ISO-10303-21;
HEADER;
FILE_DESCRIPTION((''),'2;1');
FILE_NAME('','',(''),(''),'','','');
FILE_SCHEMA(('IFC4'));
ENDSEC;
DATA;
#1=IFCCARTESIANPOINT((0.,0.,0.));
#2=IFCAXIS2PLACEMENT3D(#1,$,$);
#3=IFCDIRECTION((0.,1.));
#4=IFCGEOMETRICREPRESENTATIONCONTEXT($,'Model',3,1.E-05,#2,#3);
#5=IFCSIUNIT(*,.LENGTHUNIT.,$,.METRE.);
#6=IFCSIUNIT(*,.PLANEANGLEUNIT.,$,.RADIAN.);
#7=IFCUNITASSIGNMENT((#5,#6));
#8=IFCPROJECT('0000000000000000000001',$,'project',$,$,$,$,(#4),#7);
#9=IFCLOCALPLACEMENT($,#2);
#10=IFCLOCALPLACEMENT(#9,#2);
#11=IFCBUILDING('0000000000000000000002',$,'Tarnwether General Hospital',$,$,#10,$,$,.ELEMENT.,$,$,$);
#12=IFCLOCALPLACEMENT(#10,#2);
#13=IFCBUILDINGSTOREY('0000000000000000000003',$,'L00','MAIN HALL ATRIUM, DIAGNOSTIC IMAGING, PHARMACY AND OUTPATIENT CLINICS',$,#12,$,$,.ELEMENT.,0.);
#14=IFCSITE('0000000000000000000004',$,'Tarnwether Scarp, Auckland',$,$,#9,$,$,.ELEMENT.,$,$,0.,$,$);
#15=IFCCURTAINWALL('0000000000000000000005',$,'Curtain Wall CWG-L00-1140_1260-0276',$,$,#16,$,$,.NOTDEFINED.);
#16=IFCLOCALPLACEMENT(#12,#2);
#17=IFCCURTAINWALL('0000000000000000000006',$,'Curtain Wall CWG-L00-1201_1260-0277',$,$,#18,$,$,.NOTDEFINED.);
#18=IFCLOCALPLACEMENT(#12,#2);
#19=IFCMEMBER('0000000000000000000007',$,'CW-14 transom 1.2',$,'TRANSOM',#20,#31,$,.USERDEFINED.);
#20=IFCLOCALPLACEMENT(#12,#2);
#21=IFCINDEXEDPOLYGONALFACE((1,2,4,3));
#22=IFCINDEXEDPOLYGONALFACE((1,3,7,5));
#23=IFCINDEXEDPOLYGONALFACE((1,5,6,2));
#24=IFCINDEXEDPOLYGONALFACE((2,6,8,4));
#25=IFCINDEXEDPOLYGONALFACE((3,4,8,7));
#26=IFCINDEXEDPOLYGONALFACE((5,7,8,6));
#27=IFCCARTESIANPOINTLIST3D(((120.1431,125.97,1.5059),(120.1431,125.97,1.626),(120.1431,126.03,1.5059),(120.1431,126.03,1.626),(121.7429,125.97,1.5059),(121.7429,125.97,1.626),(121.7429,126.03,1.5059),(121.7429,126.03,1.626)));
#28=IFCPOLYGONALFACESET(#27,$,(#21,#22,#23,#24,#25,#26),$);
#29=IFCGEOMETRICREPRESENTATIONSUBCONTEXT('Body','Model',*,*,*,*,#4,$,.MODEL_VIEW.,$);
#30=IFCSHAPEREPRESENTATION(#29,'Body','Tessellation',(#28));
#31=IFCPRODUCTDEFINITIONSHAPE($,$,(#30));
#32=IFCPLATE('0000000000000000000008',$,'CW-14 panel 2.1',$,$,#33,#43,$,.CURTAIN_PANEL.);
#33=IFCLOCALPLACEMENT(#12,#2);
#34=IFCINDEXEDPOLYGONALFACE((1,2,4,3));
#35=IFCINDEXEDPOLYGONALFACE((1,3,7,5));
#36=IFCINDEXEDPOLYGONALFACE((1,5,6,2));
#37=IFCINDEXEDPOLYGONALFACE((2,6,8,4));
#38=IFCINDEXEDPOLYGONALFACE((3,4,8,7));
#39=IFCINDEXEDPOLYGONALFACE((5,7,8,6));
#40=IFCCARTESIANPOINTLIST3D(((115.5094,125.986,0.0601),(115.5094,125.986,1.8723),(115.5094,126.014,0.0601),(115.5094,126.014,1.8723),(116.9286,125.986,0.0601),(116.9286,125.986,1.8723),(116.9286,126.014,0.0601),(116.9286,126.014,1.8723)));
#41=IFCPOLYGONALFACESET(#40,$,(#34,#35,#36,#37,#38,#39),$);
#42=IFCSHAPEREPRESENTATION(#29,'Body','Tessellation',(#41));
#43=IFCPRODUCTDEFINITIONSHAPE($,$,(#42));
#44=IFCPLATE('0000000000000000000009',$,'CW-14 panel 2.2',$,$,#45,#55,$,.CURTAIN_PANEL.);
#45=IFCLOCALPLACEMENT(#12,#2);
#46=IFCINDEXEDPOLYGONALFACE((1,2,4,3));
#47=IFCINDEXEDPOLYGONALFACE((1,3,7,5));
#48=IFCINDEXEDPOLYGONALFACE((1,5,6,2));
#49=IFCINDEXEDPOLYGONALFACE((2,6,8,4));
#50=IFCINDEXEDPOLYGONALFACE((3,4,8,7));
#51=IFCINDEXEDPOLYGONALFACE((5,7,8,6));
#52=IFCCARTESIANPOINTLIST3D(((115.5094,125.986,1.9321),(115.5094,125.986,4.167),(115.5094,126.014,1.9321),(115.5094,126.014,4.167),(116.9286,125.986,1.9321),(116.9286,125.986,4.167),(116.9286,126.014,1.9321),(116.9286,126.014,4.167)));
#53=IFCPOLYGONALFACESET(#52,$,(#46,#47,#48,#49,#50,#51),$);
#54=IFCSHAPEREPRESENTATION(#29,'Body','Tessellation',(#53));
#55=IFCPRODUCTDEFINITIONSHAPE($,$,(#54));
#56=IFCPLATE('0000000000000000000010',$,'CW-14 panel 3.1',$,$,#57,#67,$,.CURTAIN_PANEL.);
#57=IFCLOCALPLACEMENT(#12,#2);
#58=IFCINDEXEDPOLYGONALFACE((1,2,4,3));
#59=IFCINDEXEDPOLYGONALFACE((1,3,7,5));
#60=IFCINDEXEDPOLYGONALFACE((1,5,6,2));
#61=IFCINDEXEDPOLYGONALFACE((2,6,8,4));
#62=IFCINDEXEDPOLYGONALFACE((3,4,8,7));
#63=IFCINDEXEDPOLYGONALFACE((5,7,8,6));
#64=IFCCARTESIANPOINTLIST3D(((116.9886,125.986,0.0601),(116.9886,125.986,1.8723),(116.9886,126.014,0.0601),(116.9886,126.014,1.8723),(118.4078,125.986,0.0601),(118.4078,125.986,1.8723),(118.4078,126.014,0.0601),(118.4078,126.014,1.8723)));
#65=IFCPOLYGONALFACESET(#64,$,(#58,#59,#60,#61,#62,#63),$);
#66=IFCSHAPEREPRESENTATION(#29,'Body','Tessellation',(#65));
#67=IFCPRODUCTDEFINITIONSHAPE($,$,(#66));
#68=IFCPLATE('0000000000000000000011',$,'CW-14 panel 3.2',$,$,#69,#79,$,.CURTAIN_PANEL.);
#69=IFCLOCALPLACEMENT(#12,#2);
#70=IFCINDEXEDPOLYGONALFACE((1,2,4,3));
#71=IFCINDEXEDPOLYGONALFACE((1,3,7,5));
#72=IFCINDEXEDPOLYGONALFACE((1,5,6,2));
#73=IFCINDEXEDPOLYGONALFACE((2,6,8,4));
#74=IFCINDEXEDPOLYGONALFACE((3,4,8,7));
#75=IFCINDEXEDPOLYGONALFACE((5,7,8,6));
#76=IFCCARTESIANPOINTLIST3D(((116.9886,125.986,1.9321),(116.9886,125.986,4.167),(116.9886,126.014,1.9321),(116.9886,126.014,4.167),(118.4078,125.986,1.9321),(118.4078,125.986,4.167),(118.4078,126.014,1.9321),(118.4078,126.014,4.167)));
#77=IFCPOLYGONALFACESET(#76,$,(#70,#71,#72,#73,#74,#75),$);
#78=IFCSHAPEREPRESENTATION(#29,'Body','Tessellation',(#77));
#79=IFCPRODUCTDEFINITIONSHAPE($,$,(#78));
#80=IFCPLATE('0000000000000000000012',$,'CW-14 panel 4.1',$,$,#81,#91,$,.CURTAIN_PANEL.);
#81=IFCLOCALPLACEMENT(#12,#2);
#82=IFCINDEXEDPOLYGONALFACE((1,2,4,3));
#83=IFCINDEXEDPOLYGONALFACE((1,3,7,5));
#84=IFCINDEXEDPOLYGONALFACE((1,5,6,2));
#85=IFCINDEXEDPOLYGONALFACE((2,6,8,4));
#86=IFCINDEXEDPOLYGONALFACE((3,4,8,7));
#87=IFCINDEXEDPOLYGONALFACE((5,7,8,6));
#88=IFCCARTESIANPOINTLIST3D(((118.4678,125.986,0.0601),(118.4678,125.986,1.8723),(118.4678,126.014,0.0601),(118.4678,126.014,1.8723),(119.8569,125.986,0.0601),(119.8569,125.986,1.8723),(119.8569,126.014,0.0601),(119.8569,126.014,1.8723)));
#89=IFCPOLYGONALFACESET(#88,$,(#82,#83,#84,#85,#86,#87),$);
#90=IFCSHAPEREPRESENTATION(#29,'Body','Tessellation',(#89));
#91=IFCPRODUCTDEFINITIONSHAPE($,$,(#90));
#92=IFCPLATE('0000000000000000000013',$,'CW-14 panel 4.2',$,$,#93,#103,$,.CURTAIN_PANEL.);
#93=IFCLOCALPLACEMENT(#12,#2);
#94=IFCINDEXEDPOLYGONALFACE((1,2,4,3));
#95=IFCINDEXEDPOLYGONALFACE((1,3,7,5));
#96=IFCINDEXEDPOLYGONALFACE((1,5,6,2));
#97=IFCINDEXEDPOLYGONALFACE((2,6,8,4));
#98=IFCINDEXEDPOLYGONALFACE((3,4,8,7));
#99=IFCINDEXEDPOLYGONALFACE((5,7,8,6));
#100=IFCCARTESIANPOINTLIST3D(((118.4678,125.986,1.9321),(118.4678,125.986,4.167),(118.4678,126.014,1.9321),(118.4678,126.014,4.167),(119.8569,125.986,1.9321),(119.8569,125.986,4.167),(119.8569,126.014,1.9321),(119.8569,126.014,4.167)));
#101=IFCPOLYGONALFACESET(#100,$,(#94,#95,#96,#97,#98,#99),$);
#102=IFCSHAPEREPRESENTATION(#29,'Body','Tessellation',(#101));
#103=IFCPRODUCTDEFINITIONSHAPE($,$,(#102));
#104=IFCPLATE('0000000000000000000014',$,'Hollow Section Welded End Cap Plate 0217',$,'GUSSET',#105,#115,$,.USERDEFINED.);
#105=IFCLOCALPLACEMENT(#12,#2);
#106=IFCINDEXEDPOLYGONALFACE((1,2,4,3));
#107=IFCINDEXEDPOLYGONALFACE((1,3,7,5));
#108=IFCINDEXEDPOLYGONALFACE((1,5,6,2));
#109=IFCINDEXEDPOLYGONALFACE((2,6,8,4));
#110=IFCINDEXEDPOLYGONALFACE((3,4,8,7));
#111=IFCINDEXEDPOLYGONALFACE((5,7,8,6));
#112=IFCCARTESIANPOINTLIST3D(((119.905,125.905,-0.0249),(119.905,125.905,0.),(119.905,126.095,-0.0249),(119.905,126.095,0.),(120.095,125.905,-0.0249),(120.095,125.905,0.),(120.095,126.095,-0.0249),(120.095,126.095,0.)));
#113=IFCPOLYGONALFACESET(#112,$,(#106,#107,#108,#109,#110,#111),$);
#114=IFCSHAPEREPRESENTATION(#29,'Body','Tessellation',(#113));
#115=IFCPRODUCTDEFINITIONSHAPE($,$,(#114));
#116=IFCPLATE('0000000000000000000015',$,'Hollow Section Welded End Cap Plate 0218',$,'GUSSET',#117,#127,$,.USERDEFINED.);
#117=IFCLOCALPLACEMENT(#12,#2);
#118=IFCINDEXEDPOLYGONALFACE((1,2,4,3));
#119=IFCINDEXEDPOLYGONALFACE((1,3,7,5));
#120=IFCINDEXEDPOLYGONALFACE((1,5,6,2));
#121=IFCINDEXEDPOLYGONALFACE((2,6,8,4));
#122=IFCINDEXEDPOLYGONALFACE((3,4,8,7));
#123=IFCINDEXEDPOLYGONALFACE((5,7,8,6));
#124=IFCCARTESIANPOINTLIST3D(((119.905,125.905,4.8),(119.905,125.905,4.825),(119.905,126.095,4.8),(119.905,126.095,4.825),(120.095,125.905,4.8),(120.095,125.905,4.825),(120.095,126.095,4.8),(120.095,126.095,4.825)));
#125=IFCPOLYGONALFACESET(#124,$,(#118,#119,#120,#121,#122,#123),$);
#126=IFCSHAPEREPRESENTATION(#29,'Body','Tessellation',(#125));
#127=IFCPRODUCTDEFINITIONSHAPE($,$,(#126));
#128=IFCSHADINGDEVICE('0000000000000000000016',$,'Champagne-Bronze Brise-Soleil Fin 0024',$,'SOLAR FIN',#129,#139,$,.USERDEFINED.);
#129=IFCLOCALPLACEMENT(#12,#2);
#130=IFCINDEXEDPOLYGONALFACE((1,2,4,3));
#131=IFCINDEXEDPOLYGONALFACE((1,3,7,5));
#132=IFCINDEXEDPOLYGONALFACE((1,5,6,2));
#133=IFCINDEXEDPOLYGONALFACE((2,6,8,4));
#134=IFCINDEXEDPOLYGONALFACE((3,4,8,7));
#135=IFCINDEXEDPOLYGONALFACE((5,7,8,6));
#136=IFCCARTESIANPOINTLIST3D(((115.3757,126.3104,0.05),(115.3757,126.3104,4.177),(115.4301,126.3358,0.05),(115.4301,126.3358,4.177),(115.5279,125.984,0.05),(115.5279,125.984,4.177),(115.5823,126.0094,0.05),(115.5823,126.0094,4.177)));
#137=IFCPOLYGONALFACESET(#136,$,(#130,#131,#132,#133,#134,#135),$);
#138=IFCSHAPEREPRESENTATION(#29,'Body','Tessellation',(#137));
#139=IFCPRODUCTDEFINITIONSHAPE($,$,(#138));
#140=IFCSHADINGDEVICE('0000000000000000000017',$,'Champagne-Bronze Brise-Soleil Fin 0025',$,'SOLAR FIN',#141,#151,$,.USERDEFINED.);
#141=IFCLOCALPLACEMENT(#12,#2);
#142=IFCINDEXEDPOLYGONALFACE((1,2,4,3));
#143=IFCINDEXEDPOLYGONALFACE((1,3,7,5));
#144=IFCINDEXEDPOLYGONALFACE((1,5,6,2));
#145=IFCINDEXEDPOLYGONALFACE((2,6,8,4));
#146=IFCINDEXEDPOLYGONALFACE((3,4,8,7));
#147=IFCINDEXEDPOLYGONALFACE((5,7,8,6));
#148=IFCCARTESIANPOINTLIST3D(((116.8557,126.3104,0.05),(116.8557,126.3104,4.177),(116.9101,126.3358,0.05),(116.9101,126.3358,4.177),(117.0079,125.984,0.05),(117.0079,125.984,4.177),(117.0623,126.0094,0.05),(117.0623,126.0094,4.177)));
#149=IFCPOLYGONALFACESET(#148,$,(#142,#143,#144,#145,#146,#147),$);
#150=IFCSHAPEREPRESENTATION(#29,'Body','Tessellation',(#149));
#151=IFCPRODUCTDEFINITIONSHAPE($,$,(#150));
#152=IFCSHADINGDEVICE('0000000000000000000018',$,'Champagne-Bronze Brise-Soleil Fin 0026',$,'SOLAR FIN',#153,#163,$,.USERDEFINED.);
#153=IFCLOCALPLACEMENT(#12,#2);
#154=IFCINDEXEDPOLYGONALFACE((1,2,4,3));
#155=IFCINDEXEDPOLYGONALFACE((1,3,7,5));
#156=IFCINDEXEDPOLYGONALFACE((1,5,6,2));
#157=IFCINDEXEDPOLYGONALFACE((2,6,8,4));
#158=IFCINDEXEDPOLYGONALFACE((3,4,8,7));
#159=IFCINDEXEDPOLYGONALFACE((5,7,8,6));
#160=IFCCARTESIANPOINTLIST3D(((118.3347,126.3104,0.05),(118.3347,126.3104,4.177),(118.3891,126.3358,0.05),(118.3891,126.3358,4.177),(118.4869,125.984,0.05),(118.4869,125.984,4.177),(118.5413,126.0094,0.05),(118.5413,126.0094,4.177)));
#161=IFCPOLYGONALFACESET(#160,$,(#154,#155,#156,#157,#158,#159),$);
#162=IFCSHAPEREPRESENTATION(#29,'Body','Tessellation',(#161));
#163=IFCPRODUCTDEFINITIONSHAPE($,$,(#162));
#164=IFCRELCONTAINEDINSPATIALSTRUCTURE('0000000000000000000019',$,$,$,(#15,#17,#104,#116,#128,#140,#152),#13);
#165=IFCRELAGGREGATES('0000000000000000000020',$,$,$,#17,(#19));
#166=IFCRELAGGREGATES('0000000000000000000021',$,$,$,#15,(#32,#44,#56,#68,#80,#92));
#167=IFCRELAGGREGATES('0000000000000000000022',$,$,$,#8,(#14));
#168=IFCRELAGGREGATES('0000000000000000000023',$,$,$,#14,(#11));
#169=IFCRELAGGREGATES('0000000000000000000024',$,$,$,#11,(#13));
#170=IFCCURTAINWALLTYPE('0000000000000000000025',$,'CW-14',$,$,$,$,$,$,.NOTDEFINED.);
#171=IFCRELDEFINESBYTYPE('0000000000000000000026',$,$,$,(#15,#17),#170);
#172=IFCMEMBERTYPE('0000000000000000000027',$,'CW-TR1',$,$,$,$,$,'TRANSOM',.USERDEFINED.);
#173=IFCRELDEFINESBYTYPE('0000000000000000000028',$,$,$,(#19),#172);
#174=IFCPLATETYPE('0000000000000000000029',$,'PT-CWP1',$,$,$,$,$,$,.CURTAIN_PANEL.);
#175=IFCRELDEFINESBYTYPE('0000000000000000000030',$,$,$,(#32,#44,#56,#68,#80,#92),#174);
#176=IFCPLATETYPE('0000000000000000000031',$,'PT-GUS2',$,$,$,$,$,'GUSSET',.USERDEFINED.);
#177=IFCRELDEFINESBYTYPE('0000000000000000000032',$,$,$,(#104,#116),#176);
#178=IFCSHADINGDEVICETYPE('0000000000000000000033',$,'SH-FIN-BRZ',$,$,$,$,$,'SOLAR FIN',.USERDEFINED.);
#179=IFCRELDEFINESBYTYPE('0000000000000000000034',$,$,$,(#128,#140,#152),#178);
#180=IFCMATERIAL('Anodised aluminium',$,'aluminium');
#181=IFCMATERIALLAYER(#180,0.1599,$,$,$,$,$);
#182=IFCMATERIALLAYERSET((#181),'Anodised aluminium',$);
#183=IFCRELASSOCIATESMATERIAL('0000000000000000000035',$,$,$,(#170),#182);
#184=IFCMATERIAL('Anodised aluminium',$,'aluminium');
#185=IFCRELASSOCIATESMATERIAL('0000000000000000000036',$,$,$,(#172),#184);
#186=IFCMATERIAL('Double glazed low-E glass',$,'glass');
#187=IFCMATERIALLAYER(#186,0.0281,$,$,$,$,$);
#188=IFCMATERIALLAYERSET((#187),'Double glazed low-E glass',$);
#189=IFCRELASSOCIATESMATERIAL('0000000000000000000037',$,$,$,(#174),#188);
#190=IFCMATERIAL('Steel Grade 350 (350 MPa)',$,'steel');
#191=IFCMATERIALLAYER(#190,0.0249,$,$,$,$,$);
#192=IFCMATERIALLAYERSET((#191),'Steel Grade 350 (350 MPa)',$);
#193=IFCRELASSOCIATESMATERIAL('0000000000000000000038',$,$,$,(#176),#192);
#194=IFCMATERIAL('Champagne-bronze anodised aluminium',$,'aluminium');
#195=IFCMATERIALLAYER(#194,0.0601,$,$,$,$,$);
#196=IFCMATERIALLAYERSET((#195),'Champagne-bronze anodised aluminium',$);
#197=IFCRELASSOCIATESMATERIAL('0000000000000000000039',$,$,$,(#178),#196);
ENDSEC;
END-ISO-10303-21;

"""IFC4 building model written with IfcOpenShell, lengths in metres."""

from ifc_helpers import new_model, si_unit, direction, frame, origin, origin_2d, place, context, subcontext, project, spatial, rectangle, extrude, material, layer, layer_set, material_profile, profile_set, type_object, element, aggregate, save


model = new_model("IFC4")

# Units and contexts
model_context = context("Model", 3, precision=1e-05, world=origin(), true_north=direction((0.0, 1.0)))
body_context = subcontext(model_context, "Body", "Model", "MODEL_VIEW")
ifc_project = project(units=[si_unit("LENGTHUNIT", "METRE"), si_unit("PLANEANGLEUNIT", "RADIAN")], contexts=[model_context])

# Site, building, storey
site_placement = place(None, origin())
site = spatial("IfcSite", under=ifc_project, at=site_placement, Name="Tarnwether Scarp, Auckland", CompositionType="ELEMENT", RefElevation=0.0)
building_placement = place(site_placement, origin())
building = spatial("IfcBuilding", under=site, at=building_placement, Name="Tarnwether General Hospital", CompositionType="ELEMENT")
storey_placement = place(building_placement, origin())
storey = spatial("IfcBuildingStorey", under=building, at=storey_placement, Name="L00", Description="MAIN HALL ATRIUM, DIAGNOSTIC IMAGING, PHARMACY AND OUTPATIENT CLINICS", CompositionType="ELEMENT", Elevation=0.0)

# Curtain wall
ifc_material_1 = material(Name="Anodised aluminium", Category="aluminium")
ifc_layer_1 = layer(ifc_material_1, 0.1599)
ifc_layer_set_1 = layer_set([ifc_layer_1], Name="Anodised aluminium")
curtain_wall_type = type_object("IfcCurtainWallType", Name="CW-14", PredefinedType="NOTDEFINED", material=ifc_layer_set_1)
curtain_wall_1_placement = place(storey_placement, origin())
curtain_wall_1 = element("IfcCurtainWall", 1, at=curtain_wall_1_placement, inside=storey, type_object=curtain_wall_type, Name="Curtain Wall CWG-L00-1140_1260-0276", PredefinedType="NOTDEFINED")

# Curtain wall
curtain_wall_2_placement = place(storey_placement, origin())
curtain_wall_2 = element("IfcCurtainWall", 2, at=curtain_wall_2_placement, inside=storey, type_object=curtain_wall_type, Name="Curtain Wall CWG-L00-1201_1260-0277", PredefinedType="NOTDEFINED")

# Member
ifc_material_2 = material(Name="Anodised aluminium", Category="aluminium")
ifc_material_profile_1 = material_profile(ifc_material_2, rectangle(XDim=0.0601, YDim=0.1201, at=origin_2d()), Name="ALU-TRN-60x120")
ifc_profile_set_1 = profile_set([ifc_material_profile_1], Name="Anodised aluminium")
member_type_1 = type_object("IfcMemberType", Name="CW-TR1", ElementType="TRANSOM", PredefinedType="USERDEFINED", material=ifc_profile_set_1)
member_1_placement = place(storey_placement, frame((120.1431, 126.0, 1.5659), z_axis=(1.0, 0.0, 0.0), x_axis=(0.0, 1.0, 0.0)))
member_1 = element("IfcMember", 3, at=member_1_placement, type_object=member_type_1, Name="CW-14 transom 1.2", ObjectType="TRANSOM", PredefinedType="USERDEFINED", context=body_context, shape_type="SweptSolid", body=[
    extrude(rectangle(XDim=0.0601, YDim=0.1201, at=origin_2d()), origin(), (0.0, 0.0, 1.0), 1.5999),
])
aggregate(curtain_wall_2, [member_1])

# Plates
ifc_material_3 = material(Name="Double glazed low-E glass", Category="glass")
ifc_layer_2 = layer(ifc_material_3, 0.0281)
ifc_layer_set_2 = layer_set([ifc_layer_2], Name="Double glazed low-E glass")
plate_type_1 = type_object("IfcPlateType", Name="PT-CWP1", PredefinedType="CURTAIN_PANEL", material=ifc_layer_set_2)
plate_1_placement = place(storey_placement, frame((116.219, 126.0, 0.0601), z_axis=(0.0, 0.0, 1.0), x_axis=(1.0, 0.0, 0.0)))
plate_1 = element("IfcPlate", 4, at=plate_1_placement, type_object=plate_type_1, Name="CW-14 panel 2.1", PredefinedType="CURTAIN_PANEL", context=body_context, shape_type="SweptSolid", body=[
    extrude(rectangle(XDim=1.4192, YDim=0.0281, at=origin_2d()), origin(), (0.0, 0.0, 1.0), 1.8123),
])
plate_2_placement = place(storey_placement, frame((116.219, 126.0, 1.9321), z_axis=(0.0, 0.0, 1.0), x_axis=(1.0, 0.0, 0.0)))
plate_2 = element("IfcPlate", 5, at=plate_2_placement, type_object=plate_type_1, Name="CW-14 panel 2.2", PredefinedType="CURTAIN_PANEL", context=body_context, shape_type="SweptSolid", body=[
    extrude(rectangle(XDim=1.4192, YDim=0.0281, at=origin_2d()), origin(), (0.0, 0.0, 1.0), 2.2349),
])
plate_3_placement = place(storey_placement, frame((117.6982, 126.0, 0.0601), z_axis=(0.0, 0.0, 1.0), x_axis=(1.0, 0.0, 0.0)))
plate_3 = element("IfcPlate", 6, at=plate_3_placement, type_object=plate_type_1, Name="CW-14 panel 3.1", PredefinedType="CURTAIN_PANEL", context=body_context, shape_type="SweptSolid", body=[
    extrude(rectangle(XDim=1.4192, YDim=0.0281, at=origin_2d()), origin(), (0.0, 0.0, 1.0), 1.8123),
])
plate_4_placement = place(storey_placement, frame((117.6982, 126.0, 1.9321), z_axis=(0.0, 0.0, 1.0), x_axis=(1.0, 0.0, 0.0)))
plate_4 = element("IfcPlate", 7, at=plate_4_placement, type_object=plate_type_1, Name="CW-14 panel 3.2", PredefinedType="CURTAIN_PANEL", context=body_context, shape_type="SweptSolid", body=[
    extrude(rectangle(XDim=1.4192, YDim=0.0281, at=origin_2d()), origin(), (0.0, 0.0, 1.0), 2.2349),
])
plate_5_placement = place(storey_placement, frame((119.1624, 126.0, 0.0601), z_axis=(0.0, 0.0, 1.0), x_axis=(1.0, 0.0, 0.0)))
plate_5 = element("IfcPlate", 8, at=plate_5_placement, type_object=plate_type_1, Name="CW-14 panel 4.1", PredefinedType="CURTAIN_PANEL", context=body_context, shape_type="SweptSolid", body=[
    extrude(rectangle(XDim=1.3892, YDim=0.0281, at=origin_2d()), origin(), (0.0, 0.0, 1.0), 1.8123),
])
plate_6_placement = place(storey_placement, frame((119.1624, 126.0, 1.9321), z_axis=(0.0, 0.0, 1.0), x_axis=(1.0, 0.0, 0.0)))
plate_6 = element("IfcPlate", 9, at=plate_6_placement, type_object=plate_type_1, Name="CW-14 panel 4.2", PredefinedType="CURTAIN_PANEL", context=body_context, shape_type="SweptSolid", body=[
    extrude(rectangle(XDim=1.3892, YDim=0.0281, at=origin_2d()), origin(), (0.0, 0.0, 1.0), 2.2349),
])
aggregate(curtain_wall_1, [plate_1, plate_2, plate_3, plate_4, plate_5, plate_6])

# Plates
ifc_material_4 = material(Name="Steel Grade 350 (350 MPa)", Category="steel")
ifc_layer_3 = layer(ifc_material_4, 0.0249)
ifc_layer_set_3 = layer_set([ifc_layer_3], Name="Steel Grade 350 (350 MPa)")
plate_type_2 = type_object("IfcPlateType", Name="PT-GUS2", ElementType="GUSSET", PredefinedType="USERDEFINED", material=ifc_layer_set_3)
for number, where, z_axis, x_axis, name in (
    (10, (120.0, 126.0, -0.0249), (0.0, 0.0, 1.0), (1.0, 0.0, 0.0), "Hollow Section Welded End Cap Plate 0217"),
    (11, (120.0, 126.0, 4.8), (0.0, 0.0, 1.0), (1.0, 0.0, 0.0), "Hollow Section Welded End Cap Plate 0218"),
):
    element("IfcPlate", number, at=place(storey_placement, frame(where, z_axis=z_axis, x_axis=x_axis)), inside=storey, type_object=plate_type_2, Name=name, ObjectType="GUSSET", PredefinedType="USERDEFINED", context=body_context, shape_type="SweptSolid", body=[
        extrude(rectangle(XDim=0.1899, YDim=0.1899, at=origin_2d()), origin(), (0.0, 0.0, 1.0), 0.0249),
    ])

# Shading devices
ifc_material_5 = material(Name="Champagne-bronze anodised aluminium", Category="aluminium")
ifc_layer_4 = layer(ifc_material_5, 0.0601)
ifc_layer_set_4 = layer_set([ifc_layer_4], Name="Champagne-bronze anodised aluminium")
shading_device_type = type_object("IfcShadingDeviceType", Name="SH-FIN-BRZ", ElementType="SOLAR FIN", PredefinedType="USERDEFINED", material=ifc_layer_set_4)
for number, where, z_axis, x_axis, name in (
    (12, (115.479, 126.1599, 0.05), (0.0, 0.0, 1.0), (0.906308, 0.422618, 0.0), "Champagne-Bronze Brise-Soleil Fin 0024"),
    (13, (116.959, 126.1599, 0.05), (0.0, 0.0, 1.0), (0.906308, 0.422618, 0.0), "Champagne-Bronze Brise-Soleil Fin 0025"),
    (14, (118.438, 126.1599, 0.05), (0.0, 0.0, 1.0), (0.906308, 0.422618, 0.0), "Champagne-Bronze Brise-Soleil Fin 0026"),
):
    element("IfcShadingDevice", number, at=place(storey_placement, frame(where, z_axis=z_axis, x_axis=x_axis)), inside=storey, type_object=shading_device_type, Name=name, ObjectType="SOLAR FIN", PredefinedType="USERDEFINED", context=body_context, shape_type="SweptSolid", body=[
        extrude(rectangle(XDim=0.0601, YDim=0.3601, at=origin_2d()), origin(), (0.0, 0.0, 1.0), 4.127),
    ])

save(model, "model.ifc")
